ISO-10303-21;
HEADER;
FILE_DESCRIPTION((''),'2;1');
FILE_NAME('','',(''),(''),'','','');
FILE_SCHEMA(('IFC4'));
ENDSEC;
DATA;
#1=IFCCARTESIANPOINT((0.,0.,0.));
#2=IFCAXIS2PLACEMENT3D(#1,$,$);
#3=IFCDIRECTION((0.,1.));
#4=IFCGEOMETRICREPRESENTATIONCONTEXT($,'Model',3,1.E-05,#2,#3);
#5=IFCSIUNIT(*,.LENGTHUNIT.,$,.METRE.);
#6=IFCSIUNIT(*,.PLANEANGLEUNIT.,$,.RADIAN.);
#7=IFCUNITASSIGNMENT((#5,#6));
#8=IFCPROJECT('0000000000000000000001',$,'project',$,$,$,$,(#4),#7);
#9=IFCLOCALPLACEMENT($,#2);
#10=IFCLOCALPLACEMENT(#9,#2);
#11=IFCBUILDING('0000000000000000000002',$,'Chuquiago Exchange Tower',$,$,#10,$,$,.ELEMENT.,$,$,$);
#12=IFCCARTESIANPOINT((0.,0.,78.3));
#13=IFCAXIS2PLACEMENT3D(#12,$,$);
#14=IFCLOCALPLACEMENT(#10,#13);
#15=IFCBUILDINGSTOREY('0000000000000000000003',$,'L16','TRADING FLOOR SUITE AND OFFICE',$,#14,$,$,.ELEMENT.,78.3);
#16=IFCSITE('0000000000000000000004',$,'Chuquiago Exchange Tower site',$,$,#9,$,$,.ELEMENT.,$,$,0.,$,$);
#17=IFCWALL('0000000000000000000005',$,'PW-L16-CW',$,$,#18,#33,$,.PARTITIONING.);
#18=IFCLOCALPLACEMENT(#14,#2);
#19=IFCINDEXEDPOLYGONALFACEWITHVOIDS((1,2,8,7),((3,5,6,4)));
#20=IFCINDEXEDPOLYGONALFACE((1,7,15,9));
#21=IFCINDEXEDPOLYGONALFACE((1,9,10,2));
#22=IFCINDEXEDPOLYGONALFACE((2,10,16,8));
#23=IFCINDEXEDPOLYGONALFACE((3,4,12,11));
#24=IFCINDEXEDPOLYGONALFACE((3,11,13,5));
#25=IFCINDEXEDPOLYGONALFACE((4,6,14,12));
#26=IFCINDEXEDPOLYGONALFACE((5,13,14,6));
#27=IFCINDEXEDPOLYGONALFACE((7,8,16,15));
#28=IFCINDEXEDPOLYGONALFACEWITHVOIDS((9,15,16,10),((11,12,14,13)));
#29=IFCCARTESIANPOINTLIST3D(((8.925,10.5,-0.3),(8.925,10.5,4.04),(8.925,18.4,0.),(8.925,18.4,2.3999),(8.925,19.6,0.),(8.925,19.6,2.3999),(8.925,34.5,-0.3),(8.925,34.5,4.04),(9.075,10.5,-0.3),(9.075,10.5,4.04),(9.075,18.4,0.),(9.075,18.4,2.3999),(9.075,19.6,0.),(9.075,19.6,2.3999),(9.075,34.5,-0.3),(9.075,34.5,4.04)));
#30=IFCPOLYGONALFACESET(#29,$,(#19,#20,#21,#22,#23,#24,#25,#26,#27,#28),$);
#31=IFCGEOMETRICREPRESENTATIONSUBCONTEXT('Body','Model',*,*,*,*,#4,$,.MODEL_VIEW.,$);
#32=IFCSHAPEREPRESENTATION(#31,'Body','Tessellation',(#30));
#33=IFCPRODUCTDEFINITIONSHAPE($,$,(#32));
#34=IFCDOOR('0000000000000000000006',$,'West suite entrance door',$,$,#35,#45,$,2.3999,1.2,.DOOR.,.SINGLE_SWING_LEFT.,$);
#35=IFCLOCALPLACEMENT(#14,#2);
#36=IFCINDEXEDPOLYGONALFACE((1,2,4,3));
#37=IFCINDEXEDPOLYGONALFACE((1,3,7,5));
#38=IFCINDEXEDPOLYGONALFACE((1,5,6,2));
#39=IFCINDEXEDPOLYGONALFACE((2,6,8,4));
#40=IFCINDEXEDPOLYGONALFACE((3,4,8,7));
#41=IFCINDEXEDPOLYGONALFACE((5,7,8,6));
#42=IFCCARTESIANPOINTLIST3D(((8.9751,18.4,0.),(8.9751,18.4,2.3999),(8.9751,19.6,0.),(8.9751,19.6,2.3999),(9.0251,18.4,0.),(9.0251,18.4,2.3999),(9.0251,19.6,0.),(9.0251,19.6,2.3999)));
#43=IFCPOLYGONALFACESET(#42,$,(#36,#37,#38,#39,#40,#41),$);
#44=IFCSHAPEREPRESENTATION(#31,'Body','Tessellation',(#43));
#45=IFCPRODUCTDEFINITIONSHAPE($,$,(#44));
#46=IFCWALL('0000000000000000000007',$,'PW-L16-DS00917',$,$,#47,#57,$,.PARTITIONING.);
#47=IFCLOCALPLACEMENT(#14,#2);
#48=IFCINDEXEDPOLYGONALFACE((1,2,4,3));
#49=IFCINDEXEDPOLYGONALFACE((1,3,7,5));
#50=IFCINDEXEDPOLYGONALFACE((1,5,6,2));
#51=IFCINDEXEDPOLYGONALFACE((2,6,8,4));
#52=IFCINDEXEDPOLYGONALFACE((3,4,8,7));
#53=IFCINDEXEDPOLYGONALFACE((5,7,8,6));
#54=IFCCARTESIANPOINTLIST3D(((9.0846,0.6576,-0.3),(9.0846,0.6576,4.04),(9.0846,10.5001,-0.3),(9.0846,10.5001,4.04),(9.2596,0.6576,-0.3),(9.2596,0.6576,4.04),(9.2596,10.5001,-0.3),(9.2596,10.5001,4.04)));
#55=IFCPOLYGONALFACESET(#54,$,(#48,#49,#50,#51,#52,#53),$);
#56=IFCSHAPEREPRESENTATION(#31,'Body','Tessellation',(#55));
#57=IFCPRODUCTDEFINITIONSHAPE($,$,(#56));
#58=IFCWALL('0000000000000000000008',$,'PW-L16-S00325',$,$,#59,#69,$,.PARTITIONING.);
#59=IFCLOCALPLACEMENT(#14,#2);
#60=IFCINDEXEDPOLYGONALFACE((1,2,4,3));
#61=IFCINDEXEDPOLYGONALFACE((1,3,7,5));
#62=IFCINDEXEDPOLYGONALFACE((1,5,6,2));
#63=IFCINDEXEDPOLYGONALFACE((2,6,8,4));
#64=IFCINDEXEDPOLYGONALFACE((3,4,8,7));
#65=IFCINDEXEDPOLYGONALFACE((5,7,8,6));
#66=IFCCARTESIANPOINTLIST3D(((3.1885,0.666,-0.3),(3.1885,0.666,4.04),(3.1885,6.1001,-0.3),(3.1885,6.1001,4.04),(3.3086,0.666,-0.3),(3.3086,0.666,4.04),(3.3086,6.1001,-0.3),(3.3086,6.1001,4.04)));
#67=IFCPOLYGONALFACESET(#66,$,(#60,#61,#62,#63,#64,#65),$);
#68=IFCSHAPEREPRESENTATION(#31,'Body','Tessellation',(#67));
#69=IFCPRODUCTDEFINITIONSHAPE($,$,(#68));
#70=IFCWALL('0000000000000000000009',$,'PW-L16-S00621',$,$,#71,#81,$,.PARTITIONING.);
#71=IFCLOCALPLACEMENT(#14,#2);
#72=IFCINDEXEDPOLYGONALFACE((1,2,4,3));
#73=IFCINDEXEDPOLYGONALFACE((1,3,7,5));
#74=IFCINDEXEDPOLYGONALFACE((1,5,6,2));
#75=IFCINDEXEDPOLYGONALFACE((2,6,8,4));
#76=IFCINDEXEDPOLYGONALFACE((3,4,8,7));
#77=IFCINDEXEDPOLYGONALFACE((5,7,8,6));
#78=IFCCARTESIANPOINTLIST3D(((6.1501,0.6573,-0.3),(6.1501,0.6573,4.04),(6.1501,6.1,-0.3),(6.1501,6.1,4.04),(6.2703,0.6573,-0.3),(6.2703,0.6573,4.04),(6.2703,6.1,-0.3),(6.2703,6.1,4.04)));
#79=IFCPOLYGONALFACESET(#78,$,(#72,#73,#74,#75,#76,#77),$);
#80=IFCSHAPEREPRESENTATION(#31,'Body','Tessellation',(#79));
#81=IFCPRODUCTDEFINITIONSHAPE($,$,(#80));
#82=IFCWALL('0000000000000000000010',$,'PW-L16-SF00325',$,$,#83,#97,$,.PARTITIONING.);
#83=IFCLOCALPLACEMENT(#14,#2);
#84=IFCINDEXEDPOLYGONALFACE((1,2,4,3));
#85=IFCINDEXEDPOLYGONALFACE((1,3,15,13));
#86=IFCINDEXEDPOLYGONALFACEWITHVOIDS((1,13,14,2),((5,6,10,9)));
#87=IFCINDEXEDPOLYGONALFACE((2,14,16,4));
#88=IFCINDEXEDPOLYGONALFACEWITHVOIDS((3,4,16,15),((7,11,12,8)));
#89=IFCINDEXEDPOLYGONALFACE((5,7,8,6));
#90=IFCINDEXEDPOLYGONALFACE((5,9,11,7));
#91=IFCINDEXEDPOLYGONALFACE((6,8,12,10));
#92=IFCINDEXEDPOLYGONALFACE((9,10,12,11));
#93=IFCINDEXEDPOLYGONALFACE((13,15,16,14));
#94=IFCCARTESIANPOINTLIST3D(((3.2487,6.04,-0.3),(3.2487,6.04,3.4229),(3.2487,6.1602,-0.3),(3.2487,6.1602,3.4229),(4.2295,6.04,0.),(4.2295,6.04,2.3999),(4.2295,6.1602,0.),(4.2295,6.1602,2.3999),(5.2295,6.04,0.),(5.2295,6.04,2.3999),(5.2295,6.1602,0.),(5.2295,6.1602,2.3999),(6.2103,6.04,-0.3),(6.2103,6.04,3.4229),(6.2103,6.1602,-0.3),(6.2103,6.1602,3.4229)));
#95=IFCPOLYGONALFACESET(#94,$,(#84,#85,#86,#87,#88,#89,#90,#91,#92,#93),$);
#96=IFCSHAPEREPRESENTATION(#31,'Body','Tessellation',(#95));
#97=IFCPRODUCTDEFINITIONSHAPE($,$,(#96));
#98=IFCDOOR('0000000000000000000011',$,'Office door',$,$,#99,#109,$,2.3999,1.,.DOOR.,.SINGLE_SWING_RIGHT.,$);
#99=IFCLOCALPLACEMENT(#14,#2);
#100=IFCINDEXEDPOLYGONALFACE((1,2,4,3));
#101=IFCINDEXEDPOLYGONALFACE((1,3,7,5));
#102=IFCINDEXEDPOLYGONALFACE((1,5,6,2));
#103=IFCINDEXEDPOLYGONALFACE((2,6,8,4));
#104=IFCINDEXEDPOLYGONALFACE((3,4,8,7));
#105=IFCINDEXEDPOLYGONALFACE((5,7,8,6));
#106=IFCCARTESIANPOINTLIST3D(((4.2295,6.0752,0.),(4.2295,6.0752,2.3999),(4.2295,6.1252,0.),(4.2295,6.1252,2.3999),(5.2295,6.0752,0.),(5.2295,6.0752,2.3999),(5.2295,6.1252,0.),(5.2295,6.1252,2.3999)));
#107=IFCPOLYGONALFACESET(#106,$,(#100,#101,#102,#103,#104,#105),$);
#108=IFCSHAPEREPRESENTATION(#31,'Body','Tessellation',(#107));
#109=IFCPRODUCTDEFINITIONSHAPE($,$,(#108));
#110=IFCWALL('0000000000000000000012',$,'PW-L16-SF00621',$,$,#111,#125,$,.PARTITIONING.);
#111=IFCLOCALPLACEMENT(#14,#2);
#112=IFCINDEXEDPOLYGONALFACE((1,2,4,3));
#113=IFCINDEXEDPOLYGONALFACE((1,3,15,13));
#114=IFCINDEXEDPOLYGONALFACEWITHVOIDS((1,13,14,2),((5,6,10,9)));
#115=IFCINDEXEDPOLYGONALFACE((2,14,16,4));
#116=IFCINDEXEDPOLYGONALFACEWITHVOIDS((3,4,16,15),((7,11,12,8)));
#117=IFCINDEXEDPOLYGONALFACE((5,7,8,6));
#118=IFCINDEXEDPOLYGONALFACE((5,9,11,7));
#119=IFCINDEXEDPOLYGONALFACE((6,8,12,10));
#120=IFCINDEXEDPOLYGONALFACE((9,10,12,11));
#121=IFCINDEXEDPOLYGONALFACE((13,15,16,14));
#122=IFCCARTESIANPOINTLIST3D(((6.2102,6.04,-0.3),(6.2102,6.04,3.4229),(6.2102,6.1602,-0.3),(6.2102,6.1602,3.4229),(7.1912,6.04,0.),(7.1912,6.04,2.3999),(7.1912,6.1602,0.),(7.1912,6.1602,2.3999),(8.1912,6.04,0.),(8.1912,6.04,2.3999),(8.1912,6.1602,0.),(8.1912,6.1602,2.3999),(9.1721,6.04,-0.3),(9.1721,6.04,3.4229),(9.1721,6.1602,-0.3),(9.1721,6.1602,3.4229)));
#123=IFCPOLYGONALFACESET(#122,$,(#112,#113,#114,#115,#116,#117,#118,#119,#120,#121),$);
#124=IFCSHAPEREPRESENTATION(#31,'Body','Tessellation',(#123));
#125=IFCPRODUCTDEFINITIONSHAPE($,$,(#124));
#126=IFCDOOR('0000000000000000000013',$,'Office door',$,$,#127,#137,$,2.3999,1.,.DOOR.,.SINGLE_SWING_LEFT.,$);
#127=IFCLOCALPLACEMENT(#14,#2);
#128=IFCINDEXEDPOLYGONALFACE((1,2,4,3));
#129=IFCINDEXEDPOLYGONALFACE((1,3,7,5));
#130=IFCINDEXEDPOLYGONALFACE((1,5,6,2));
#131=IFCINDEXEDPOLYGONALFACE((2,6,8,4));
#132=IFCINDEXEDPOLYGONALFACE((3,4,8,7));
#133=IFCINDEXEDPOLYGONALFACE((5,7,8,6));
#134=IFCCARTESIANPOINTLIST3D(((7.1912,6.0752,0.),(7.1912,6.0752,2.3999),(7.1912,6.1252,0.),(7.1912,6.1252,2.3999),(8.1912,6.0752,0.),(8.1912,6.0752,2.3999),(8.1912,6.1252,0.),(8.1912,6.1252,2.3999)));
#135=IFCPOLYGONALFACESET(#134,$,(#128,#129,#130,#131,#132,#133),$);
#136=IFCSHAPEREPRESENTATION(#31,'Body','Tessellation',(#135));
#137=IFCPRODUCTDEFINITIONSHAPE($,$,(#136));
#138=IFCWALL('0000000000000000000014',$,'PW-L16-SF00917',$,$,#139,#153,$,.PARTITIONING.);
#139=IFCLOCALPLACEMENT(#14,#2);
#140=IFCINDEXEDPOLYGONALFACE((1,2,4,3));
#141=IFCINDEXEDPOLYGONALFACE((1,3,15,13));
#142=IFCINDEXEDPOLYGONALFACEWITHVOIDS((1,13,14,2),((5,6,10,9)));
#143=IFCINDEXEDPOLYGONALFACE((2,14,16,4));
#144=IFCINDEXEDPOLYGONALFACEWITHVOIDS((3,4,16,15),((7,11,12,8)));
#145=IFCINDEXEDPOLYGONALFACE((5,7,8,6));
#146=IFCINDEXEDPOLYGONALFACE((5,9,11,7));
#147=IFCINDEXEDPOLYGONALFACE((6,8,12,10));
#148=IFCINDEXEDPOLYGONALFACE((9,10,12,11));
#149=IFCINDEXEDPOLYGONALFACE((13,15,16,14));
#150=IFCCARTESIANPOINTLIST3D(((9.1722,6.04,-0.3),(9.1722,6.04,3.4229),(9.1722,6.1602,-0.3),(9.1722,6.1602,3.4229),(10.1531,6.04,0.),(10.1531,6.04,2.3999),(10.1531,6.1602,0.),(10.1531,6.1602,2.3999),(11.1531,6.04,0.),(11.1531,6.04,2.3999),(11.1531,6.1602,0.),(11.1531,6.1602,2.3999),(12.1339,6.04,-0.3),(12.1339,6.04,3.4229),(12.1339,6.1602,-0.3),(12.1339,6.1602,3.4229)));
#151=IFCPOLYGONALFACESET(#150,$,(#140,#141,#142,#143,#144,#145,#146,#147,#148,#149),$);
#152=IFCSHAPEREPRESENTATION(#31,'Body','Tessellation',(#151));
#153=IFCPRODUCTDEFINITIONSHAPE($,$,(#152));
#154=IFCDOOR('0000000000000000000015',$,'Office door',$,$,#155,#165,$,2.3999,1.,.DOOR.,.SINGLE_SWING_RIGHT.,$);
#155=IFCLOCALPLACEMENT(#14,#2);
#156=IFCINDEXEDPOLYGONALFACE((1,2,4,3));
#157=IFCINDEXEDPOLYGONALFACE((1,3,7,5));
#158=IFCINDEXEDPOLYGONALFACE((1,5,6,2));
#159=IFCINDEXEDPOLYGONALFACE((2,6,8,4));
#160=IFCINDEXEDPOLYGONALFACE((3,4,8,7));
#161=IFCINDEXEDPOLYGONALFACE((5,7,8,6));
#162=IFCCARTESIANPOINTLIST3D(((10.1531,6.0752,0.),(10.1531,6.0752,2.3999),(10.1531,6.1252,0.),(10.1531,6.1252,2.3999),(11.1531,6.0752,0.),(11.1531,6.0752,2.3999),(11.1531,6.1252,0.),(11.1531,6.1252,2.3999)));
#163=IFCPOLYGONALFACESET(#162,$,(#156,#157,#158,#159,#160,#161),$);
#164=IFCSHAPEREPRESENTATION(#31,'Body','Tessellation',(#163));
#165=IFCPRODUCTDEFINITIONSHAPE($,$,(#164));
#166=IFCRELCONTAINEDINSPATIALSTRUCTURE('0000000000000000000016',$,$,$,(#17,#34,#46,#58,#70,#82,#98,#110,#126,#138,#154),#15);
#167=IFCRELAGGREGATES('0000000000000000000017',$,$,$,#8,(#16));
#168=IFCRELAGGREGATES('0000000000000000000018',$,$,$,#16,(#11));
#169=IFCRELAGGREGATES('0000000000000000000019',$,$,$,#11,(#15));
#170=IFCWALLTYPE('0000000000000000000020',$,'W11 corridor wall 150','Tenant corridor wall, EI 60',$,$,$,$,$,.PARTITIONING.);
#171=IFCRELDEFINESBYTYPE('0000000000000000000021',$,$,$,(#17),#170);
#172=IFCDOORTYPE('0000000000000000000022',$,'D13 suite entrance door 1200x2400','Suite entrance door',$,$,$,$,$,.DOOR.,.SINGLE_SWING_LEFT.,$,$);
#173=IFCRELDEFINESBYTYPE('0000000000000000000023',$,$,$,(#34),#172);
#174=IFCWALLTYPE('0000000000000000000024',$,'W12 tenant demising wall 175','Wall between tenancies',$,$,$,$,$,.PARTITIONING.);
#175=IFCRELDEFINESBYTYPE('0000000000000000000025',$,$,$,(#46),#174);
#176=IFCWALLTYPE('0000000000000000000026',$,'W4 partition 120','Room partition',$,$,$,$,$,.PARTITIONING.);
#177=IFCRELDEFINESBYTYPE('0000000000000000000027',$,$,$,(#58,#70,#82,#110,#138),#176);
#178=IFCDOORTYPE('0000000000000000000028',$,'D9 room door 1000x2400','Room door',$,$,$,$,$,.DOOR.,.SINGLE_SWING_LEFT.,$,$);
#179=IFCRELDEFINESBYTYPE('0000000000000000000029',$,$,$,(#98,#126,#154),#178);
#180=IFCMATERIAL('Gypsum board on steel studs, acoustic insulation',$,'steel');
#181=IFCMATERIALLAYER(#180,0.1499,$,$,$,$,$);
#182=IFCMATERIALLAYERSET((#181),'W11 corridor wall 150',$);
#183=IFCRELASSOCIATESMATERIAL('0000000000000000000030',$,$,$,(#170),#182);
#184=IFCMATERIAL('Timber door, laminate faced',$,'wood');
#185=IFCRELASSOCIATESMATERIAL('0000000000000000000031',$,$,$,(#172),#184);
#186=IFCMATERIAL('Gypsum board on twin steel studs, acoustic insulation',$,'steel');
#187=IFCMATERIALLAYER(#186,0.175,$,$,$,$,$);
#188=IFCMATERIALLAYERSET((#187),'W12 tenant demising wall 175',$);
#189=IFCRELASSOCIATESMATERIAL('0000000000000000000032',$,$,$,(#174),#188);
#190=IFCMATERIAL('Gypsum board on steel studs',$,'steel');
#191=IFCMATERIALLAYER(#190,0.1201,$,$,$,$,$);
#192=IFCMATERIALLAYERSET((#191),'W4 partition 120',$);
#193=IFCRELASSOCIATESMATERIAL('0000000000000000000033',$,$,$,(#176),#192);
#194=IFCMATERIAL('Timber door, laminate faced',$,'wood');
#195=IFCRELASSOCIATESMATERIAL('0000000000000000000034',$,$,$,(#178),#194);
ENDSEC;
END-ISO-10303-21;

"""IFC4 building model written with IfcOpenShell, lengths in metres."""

from ifc_helpers import new_model, si_unit, direction, frame, frame_2d, origin, place, context, subcontext, project, spatial, rectangle, extrude, material, layer, layer_set, type_object, element, fill, save


model = new_model("IFC4")

# Units and contexts
model_context = context("Model", 3, precision=1e-05, world=origin(), true_north=direction((0.0, 1.0)))
body_context = subcontext(model_context, "Body", "Model", "MODEL_VIEW")
ifc_project = project(units=[si_unit("LENGTHUNIT", "METRE"), si_unit("PLANEANGLEUNIT", "RADIAN")], contexts=[model_context])

# Site, building, storey
site_placement = place(None, origin())
site = spatial("IfcSite", under=ifc_project, at=site_placement, Name="Chuquiago Exchange Tower site", CompositionType="ELEMENT", RefElevation=0.0)
building_placement = place(site_placement, origin())
building = spatial("IfcBuilding", under=site, at=building_placement, Name="Chuquiago Exchange Tower", CompositionType="ELEMENT")
storey_placement = place(building_placement, frame((0.0, 0.0, 78.3)))
storey = spatial("IfcBuildingStorey", under=building, at=storey_placement, Name="L16", Description="TRADING FLOOR SUITE AND OFFICE", CompositionType="ELEMENT", Elevation=78.3)

# Wall, opening, door
ifc_material_1 = material(Name="Gypsum board on steel studs, acoustic insulation", Category="steel")
ifc_layer_1 = layer(ifc_material_1, 0.1499)
ifc_layer_set_1 = layer_set([ifc_layer_1], Name="W11 corridor wall 150")
wall_type_1 = type_object("IfcWallType", Name="W11 corridor wall 150", Description="Tenant corridor wall, EI 60", PredefinedType="PARTITIONING", material=ifc_layer_set_1)
ifc_material_2 = material(Name="Timber door, laminate faced", Category="wood")
door_type_1 = type_object("IfcDoorType", Name="D13 suite entrance door 1200x2400", Description="Suite entrance door", OperationType="SINGLE_SWING_LEFT", PredefinedType="DOOR", material=ifc_material_2)
wall_1_placement = place(storey_placement, frame((9.0, 10.5, -0.3), z_axis=(0.0, 0.0, 1.0), x_axis=(0.0, 1.0, 0.0)))
wall_1 = element("IfcWall", 1, at=wall_1_placement, inside=storey, type_object=wall_type_1, Name="PW-L16-CW", PredefinedType="PARTITIONING", context=body_context, shape_type="SweptSolid", body=[
    extrude(rectangle(XDim=24.0, YDim=0.1499, at=frame_2d((12.0, 0.0))), origin(), (0.0, 0.0, 1.0), 4.3401),
])
opening_1_placement = place(wall_1_placement, frame((7.8999, 0.0, 0.3)))
opening_1 = element("IfcOpeningElement", 2, at=opening_1_placement, cuts=wall_1, PredefinedType="OPENING", context=body_context, shape_type="SweptSolid", body=[
    extrude(rectangle(XDim=1.2, YDim=2.3999, at=frame_2d((0.6001, 1.2))), frame((0.0, 0.085, 0.0), z_axis=(0.0, -1.0, 0.0), x_axis=(1.0, 0.0, 0.0)), (0.0, 0.0, 1.0), 0.1699),
])
door_1_placement = place(opening_1_placement, origin())
door_1 = element("IfcDoor", 3, at=door_1_placement, inside=storey, type_object=door_type_1, Name="West suite entrance door", OperationType="SINGLE_SWING_LEFT", OverallHeight=2.3999, OverallWidth=1.2, PredefinedType="DOOR", context=body_context, shape_type="SweptSolid", body=[
    extrude(rectangle(XDim=1.2, YDim=2.3999, at=frame_2d((0.6001, 1.2))), frame((0.0, 0.0249, 0.0), z_axis=(0.0, -1.0, 0.0), x_axis=(1.0, 0.0, 0.0)), (0.0, 0.0, 1.0), 0.05),
])
fill(opening_1, door_1)

# Walls
ifc_material_3 = material(Name="Gypsum board on twin steel studs, acoustic insulation", Category="steel")
ifc_layer_2 = layer(ifc_material_3, 0.175)
ifc_layer_set_2 = layer_set([ifc_layer_2], Name="W12 tenant demising wall 175")
wall_type_2 = type_object("IfcWallType", Name="W12 tenant demising wall 175", Description="Wall between tenancies", PredefinedType="PARTITIONING", material=ifc_layer_set_2)
wall_2_placement = place(storey_placement, frame((9.1721, 0.6575, -0.3), z_axis=(0.0, 0.0, 1.0), x_axis=(0.0, 1.0, 0.0)))
element("IfcWall", 4, at=wall_2_placement, inside=storey, type_object=wall_type_2, Name="PW-L16-DS00917", PredefinedType="PARTITIONING", context=body_context, shape_type="SweptSolid", body=[
    extrude(rectangle(XDim=9.8425, YDim=0.175, at=frame_2d((4.9214, 0.0))), origin(), (0.0, 0.0, 1.0), 4.3401),
])
ifc_material_4 = material(Name="Gypsum board on steel studs", Category="steel")
ifc_layer_3 = layer(ifc_material_4, 0.1201)
ifc_layer_set_3 = layer_set([ifc_layer_3], Name="W4 partition 120")
wall_type_3 = type_object("IfcWallType", Name="W4 partition 120", Description="Room partition", PredefinedType="PARTITIONING", material=ifc_layer_set_3)
wall_3_placement = place(storey_placement, frame((3.2485, 0.666, -0.3), z_axis=(0.0, 0.0, 1.0), x_axis=(0.0, 1.0, 0.0)))
element("IfcWall", 5, at=wall_3_placement, inside=storey, type_object=wall_type_3, Name="PW-L16-S00325", PredefinedType="PARTITIONING", context=body_context, shape_type="SweptSolid", body=[
    extrude(rectangle(XDim=5.4341, YDim=0.1201, at=frame_2d((2.717, 0.0))), origin(), (0.0, 0.0, 1.0), 4.3401),
])
wall_4_placement = place(storey_placement, frame((6.2102, 0.6575, -0.3), z_axis=(0.0, 0.0, 1.0), x_axis=(0.0, 1.0, 0.0)))
element("IfcWall", 6, at=wall_4_placement, inside=storey, type_object=wall_type_3, Name="PW-L16-S00621", PredefinedType="PARTITIONING", context=body_context, shape_type="SweptSolid", body=[
    extrude(rectangle(XDim=5.4426, YDim=0.1201, at=frame_2d((2.7212, 0.0))), origin(), (0.0, 0.0, 1.0), 4.3401),
])

# Walls, openings, doors
wall_5_placement = place(storey_placement, frame((3.2485, 6.1001, -0.3), z_axis=(0.0, 0.0, 1.0), x_axis=(1.0, 0.0, 0.0)))
wall_5 = element("IfcWall", 7, at=wall_5_placement, inside=storey, type_object=wall_type_3, Name="PW-L16-SF00325", PredefinedType="PARTITIONING", context=body_context, shape_type="SweptSolid", body=[
    extrude(rectangle(XDim=2.9617, YDim=0.1201, at=frame_2d((1.481, 0.0))), origin(), (0.0, 0.0, 1.0), 3.7229),
])
opening_2_placement = place(wall_5_placement, frame((0.981, 0.0, 0.3)))
opening_2 = element("IfcOpeningElement", 8, at=opening_2_placement, cuts=wall_5, PredefinedType="OPENING", context=body_context, shape_type="SweptSolid", body=[
    extrude(rectangle(XDim=1.0, YDim=2.3999, at=frame_2d((0.5, 1.2))), frame((0.0, 0.0701, 0.0), z_axis=(0.0, -1.0, 0.0), x_axis=(1.0, 0.0, 0.0)), (0.0, 0.0, 1.0), 0.1401),
])
ifc_material_5 = material(Name="Timber door, laminate faced", Category="wood")
door_type_2 = type_object("IfcDoorType", Name="D9 room door 1000x2400", Description="Room door", OperationType="SINGLE_SWING_LEFT", PredefinedType="DOOR", material=ifc_material_5)
door_2_placement = place(opening_2_placement, frame((1.0, 0.0, 0.0), z_axis=(0.0, 0.0, 1.0), x_axis=(-1.0, 0.0, 0.0)))
door_2 = element("IfcDoor", 9, at=door_2_placement, inside=storey, type_object=door_type_2, Name="Office door", OperationType="SINGLE_SWING_RIGHT", OverallHeight=2.3999, OverallWidth=1.0, PredefinedType="DOOR", context=body_context, shape_type="SweptSolid", body=[
    extrude(rectangle(XDim=1.0, YDim=2.3999, at=frame_2d((0.5, 1.2))), frame((0.0, 0.0249, 0.0), z_axis=(0.0, -1.0, 0.0), x_axis=(1.0, 0.0, 0.0)), (0.0, 0.0, 1.0), 0.05),
])
fill(opening_2, door_2)
wall_6_placement = place(storey_placement, frame((6.2102, 6.1001, -0.3), z_axis=(0.0, 0.0, 1.0), x_axis=(1.0, 0.0, 0.0)))
wall_6 = element("IfcWall", 10, at=wall_6_placement, inside=storey, type_object=wall_type_3, Name="PW-L16-SF00621", PredefinedType="PARTITIONING", context=body_context, shape_type="SweptSolid", body=[
    extrude(rectangle(XDim=2.9619, YDim=0.1201, at=frame_2d((1.481, 0.0))), origin(), (0.0, 0.0, 1.0), 3.7229),
])
opening_3_placement = place(wall_6_placement, frame((0.981, 0.0, 0.3)))
opening_3 = element("IfcOpeningElement", 11, at=opening_3_placement, cuts=wall_6, PredefinedType="OPENING", context=body_context, shape_type="SweptSolid", body=[
    extrude(rectangle(XDim=1.0, YDim=2.3999, at=frame_2d((0.5, 1.2))), frame((0.0, 0.0701, 0.0), z_axis=(0.0, -1.0, 0.0), x_axis=(1.0, 0.0, 0.0)), (0.0, 0.0, 1.0), 0.1401),
])
door_3_placement = place(opening_3_placement, frame((1.0, 0.0, 0.0), z_axis=(0.0, 0.0, 1.0), x_axis=(-1.0, 0.0, 0.0)))
door_3 = element("IfcDoor", 12, at=door_3_placement, inside=storey, type_object=door_type_2, Name="Office door", OperationType="SINGLE_SWING_LEFT", OverallHeight=2.3999, OverallWidth=1.0, PredefinedType="DOOR", context=body_context, shape_type="SweptSolid", body=[
    extrude(rectangle(XDim=1.0, YDim=2.3999, at=frame_2d((0.5, 1.2))), frame((0.0, 0.0249, 0.0), z_axis=(0.0, -1.0, 0.0), x_axis=(1.0, 0.0, 0.0)), (0.0, 0.0, 1.0), 0.05),
])
fill(opening_3, door_3)
wall_7_placement = place(storey_placement, frame((9.1721, 6.1001, -0.3), z_axis=(0.0, 0.0, 1.0), x_axis=(1.0, 0.0, 0.0)))
wall_7 = element("IfcWall", 13, at=wall_7_placement, inside=storey, type_object=wall_type_3, Name="PW-L16-SF00917", PredefinedType="PARTITIONING", context=body_context, shape_type="SweptSolid", body=[
    extrude(rectangle(XDim=2.9617, YDim=0.1201, at=frame_2d((1.481, 0.0))), origin(), (0.0, 0.0, 1.0), 3.7229),
])
opening_4_placement = place(wall_7_placement, frame((0.981, 0.0, 0.3)))
opening_4 = element("IfcOpeningElement", 14, at=opening_4_placement, cuts=wall_7, PredefinedType="OPENING", context=body_context, shape_type="SweptSolid", body=[
    extrude(rectangle(XDim=1.0, YDim=2.3999, at=frame_2d((0.5, 1.2))), frame((0.0, 0.0701, 0.0), z_axis=(0.0, -1.0, 0.0), x_axis=(1.0, 0.0, 0.0)), (0.0, 0.0, 1.0), 0.1401),
])
door_4_placement = place(opening_4_placement, frame((1.0, 0.0, 0.0), z_axis=(0.0, 0.0, 1.0), x_axis=(-1.0, 0.0, 0.0)))
door_4 = element("IfcDoor", 15, at=door_4_placement, inside=storey, type_object=door_type_2, Name="Office door", OperationType="SINGLE_SWING_RIGHT", OverallHeight=2.3999, OverallWidth=1.0, PredefinedType="DOOR", context=body_context, shape_type="SweptSolid", body=[
    extrude(rectangle(XDim=1.0, YDim=2.3999, at=frame_2d((0.5, 1.2))), frame((0.0, 0.0249, 0.0), z_axis=(0.0, -1.0, 0.0), x_axis=(1.0, 0.0, 0.0)), (0.0, 0.0, 1.0), 0.05),
])
fill(opening_4, door_4)

save(model, "model.ifc")
